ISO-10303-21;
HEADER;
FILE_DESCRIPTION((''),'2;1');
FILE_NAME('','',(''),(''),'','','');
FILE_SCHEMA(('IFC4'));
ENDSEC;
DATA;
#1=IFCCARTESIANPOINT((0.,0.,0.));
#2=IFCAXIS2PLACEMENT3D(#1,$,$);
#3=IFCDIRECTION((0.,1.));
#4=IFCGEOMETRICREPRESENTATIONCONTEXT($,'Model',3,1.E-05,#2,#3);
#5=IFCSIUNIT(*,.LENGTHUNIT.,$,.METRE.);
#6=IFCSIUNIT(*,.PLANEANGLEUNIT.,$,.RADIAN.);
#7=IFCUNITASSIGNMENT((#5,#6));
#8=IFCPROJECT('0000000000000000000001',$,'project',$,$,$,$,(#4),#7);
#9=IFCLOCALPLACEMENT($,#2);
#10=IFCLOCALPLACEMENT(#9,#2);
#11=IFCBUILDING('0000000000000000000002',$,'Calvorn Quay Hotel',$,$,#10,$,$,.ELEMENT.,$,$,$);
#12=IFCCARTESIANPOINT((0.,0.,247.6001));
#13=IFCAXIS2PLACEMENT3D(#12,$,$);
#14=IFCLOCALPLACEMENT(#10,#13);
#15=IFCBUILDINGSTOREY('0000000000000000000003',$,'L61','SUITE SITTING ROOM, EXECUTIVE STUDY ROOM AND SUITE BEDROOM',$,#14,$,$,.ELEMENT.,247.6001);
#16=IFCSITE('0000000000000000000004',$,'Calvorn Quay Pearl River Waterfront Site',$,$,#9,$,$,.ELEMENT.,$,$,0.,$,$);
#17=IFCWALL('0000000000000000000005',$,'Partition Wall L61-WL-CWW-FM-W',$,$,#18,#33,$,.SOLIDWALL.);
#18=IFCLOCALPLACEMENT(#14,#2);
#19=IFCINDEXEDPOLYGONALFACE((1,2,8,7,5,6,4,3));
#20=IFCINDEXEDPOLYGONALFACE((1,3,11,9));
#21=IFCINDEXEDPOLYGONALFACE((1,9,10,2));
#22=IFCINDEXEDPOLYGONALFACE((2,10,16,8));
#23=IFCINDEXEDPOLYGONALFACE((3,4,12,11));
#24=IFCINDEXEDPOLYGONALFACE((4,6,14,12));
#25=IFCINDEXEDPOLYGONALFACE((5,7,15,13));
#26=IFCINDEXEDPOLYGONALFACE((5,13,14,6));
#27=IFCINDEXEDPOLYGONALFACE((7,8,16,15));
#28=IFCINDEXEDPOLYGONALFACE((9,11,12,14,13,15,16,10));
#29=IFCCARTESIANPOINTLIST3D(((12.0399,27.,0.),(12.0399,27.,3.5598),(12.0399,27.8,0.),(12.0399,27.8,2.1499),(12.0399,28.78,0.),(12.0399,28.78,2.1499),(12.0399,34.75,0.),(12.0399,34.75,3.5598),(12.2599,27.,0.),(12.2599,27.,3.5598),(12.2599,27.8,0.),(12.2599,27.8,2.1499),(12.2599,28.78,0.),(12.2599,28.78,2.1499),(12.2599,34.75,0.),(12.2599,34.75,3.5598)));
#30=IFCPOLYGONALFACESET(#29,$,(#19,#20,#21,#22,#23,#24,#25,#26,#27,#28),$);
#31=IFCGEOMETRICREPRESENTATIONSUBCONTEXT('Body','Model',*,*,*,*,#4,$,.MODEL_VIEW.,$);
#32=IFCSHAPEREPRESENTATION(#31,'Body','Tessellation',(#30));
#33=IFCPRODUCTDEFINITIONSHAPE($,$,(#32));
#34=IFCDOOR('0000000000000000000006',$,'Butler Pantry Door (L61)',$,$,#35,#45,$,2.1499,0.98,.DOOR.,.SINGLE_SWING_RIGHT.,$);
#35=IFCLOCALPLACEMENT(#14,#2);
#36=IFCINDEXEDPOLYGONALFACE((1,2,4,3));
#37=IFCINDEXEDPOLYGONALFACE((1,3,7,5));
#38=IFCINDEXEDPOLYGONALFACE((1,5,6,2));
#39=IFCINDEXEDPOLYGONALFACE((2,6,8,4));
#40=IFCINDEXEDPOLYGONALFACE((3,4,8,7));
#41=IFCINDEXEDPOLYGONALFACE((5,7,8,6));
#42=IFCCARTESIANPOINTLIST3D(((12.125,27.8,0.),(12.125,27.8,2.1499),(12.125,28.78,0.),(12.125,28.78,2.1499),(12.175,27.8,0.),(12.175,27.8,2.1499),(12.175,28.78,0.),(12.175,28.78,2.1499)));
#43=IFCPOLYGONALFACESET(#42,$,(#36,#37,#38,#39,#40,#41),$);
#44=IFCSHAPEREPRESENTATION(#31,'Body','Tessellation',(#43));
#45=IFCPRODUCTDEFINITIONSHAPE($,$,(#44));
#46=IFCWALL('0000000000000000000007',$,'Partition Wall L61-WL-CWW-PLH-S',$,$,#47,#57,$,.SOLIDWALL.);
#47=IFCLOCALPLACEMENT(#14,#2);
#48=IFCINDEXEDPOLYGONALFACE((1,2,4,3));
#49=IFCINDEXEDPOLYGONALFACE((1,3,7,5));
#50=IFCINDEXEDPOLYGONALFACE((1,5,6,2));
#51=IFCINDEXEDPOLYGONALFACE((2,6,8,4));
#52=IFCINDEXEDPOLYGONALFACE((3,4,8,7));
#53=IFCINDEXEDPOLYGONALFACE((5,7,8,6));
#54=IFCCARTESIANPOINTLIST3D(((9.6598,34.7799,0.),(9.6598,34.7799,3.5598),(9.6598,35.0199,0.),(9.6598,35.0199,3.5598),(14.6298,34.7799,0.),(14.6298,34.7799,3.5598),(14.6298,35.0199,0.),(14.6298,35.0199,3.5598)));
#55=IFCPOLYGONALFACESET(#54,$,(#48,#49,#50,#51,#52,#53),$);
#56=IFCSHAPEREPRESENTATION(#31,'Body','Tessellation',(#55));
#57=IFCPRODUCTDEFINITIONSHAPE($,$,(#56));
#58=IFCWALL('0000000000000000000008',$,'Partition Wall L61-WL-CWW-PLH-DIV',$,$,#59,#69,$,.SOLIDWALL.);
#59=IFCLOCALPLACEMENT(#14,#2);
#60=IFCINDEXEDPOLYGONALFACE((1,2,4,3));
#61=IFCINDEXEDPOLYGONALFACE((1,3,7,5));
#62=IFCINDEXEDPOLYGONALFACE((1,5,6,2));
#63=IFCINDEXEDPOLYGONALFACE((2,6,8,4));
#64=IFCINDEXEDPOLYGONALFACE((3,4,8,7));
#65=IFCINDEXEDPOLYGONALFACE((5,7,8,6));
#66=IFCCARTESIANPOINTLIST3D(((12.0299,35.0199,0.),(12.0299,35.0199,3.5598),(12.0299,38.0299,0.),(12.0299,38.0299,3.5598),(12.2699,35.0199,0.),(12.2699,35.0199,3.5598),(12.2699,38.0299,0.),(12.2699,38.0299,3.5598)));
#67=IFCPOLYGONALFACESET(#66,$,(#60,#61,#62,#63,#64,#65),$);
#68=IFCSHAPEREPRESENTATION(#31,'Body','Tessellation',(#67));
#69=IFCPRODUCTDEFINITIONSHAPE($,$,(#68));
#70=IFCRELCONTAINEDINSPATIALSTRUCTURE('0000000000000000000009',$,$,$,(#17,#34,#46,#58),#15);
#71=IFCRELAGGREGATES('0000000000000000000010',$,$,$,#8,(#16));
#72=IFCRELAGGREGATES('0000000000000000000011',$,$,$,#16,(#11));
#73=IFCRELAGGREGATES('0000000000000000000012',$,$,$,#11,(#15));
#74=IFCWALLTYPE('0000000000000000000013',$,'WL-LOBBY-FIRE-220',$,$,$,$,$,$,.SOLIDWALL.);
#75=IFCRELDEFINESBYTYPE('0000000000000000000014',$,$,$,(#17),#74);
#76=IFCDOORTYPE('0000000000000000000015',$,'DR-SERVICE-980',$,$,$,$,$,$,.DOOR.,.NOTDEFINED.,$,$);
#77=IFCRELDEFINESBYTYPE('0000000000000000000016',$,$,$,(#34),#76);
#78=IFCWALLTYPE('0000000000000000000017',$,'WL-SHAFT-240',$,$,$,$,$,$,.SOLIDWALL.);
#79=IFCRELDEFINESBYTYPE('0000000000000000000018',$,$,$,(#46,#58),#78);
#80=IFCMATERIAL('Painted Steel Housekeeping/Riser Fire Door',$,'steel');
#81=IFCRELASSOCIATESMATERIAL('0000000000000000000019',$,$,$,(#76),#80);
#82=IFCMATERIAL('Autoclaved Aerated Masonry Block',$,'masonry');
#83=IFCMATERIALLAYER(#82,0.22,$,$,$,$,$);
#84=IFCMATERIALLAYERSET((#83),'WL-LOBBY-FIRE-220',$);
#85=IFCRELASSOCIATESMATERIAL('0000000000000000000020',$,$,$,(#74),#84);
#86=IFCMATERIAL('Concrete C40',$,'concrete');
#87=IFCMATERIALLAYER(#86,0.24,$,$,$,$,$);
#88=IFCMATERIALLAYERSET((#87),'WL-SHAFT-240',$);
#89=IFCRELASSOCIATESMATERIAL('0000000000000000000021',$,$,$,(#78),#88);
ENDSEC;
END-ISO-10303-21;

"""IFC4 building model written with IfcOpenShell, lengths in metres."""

from ifc_helpers import new_model, si_unit, direction, frame, frame_2d, origin, place, context, subcontext, project, spatial, rectangle, extrude, material, layer, layer_set, type_object, element, fill, save


model = new_model("IFC4")

# Units and contexts
model_context = context("Model", 3, precision=1e-05, world=origin(), true_north=direction((0.0, 1.0)))
body_context = subcontext(model_context, "Body", "Model", "MODEL_VIEW")
ifc_project = project(units=[si_unit("LENGTHUNIT", "METRE"), si_unit("PLANEANGLEUNIT", "RADIAN")], contexts=[model_context])

# Site, building, storey
site_placement = place(None, origin())
site = spatial("IfcSite", under=ifc_project, at=site_placement, Name="Calvorn Quay Pearl River Waterfront Site", CompositionType="ELEMENT", RefElevation=0.0)
building_placement = place(site_placement, origin())
building = spatial("IfcBuilding", under=site, at=building_placement, Name="Calvorn Quay Hotel", CompositionType="ELEMENT")
storey_placement = place(building_placement, frame((0.0, 0.0, 247.6001)))
storey = spatial("IfcBuildingStorey", under=building, at=storey_placement, Name="L61", Description="SUITE SITTING ROOM, EXECUTIVE STUDY ROOM AND SUITE BEDROOM", CompositionType="ELEMENT", Elevation=247.6001)

# Shared definitions
ifc_material_1 = material(Name="Painted Steel Housekeeping/Riser Fire Door", Category="steel")
door_type_1 = type_object("IfcDoorType", Name="DR-SERVICE-980", OperationType="NOTDEFINED", PredefinedType="DOOR", material=ifc_material_1)

# Shared definitions
ifc_material_2 = material(Name="Autoclaved Aerated Masonry Block", Category="masonry")
ifc_layer_1 = layer(ifc_material_2, 0.22)
ifc_layer_set_1 = layer_set([ifc_layer_1], Name="WL-LOBBY-FIRE-220")
wall_type_1 = type_object("IfcWallType", Name="WL-LOBBY-FIRE-220", PredefinedType="SOLIDWALL", material=ifc_layer_set_1)

# Wall, opening, door
wall_1_placement = place(storey_placement, frame((12.1499, 27.0, 0.0), z_axis=(0.0, 0.0, 1.0), x_axis=(0.0, 1.0, 0.0)))
wall_1 = element("IfcWall", 1, at=wall_1_placement, inside=storey, type_object=wall_type_1, Name="Partition Wall L61-WL-CWW-FM-W", PredefinedType="SOLIDWALL", context=body_context, shape_type="SweptSolid", body=[
    extrude(rectangle(XDim=7.75, YDim=0.22, at=frame_2d((3.875, 0.0))), origin(), (0.0, 0.0, 1.0), 3.5598),
])
opening_1_placement = place(wall_1_placement, frame((0.8, 0.0, 0.0)))
opening_1 = element("IfcOpeningElement", 2, at=opening_1_placement, cuts=wall_1, PredefinedType="OPENING", context=body_context, shape_type="SweptSolid", body=[
    extrude(rectangle(XDim=0.98, YDim=2.1499, at=frame_2d((0.49, 1.075))), frame((0.0, 0.1199, 0.0), z_axis=(0.0, -1.0, 0.0), x_axis=(1.0, 0.0, 0.0)), (0.0, 0.0, 1.0), 0.24),
])
door_1_placement = place(opening_1_placement, origin())
door_1 = element("IfcDoor", 3, at=door_1_placement, inside=storey, type_object=door_type_1, Name="Butler Pantry Door (L61)", OperationType="SINGLE_SWING_RIGHT", OverallHeight=2.1499, OverallWidth=0.98, PredefinedType="DOOR", context=body_context, shape_type="SweptSolid", body=[
    extrude(rectangle(XDim=0.98, YDim=2.1499, at=frame_2d((0.49, 1.075))), frame((0.0, 0.0249, 0.0), z_axis=(0.0, -1.0, 0.0), x_axis=(1.0, 0.0, 0.0)), (0.0, 0.0, 1.0), 0.05),
])
fill(opening_1, door_1)

# Walls
ifc_material_3 = material(Name="Concrete C40", Category="concrete")
ifc_layer_2 = layer(ifc_material_3, 0.24)
ifc_layer_set_2 = layer_set([ifc_layer_2], Name="WL-SHAFT-240")
wall_type_2 = type_object("IfcWallType", Name="WL-SHAFT-240", PredefinedType="SOLIDWALL", material=ifc_layer_set_2)
wall_2_placement = place(storey_placement, frame((9.6599, 34.8999, 0.0), z_axis=(0.0, 0.0, 1.0), x_axis=(1.0, 0.0, 0.0)))
element("IfcWall", 4, at=wall_2_placement, inside=storey, type_object=wall_type_2, Name="Partition Wall L61-WL-CWW-PLH-S", PredefinedType="SOLIDWALL", context=body_context, shape_type="SweptSolid", body=[
    extrude(rectangle(XDim=4.97, YDim=0.24, at=frame_2d((2.4849, 0.0))), origin(), (0.0, 0.0, 1.0), 3.5598),
])
wall_3_placement = place(storey_placement, frame((12.1499, 35.02, 0.0), z_axis=(0.0, 0.0, 1.0), x_axis=(0.0, 1.0, 0.0)))
element("IfcWall", 5, at=wall_3_placement, inside=storey, type_object=wall_type_2, Name="Partition Wall L61-WL-CWW-PLH-DIV", PredefinedType="SOLIDWALL", context=body_context, shape_type="SweptSolid", body=[
    extrude(rectangle(XDim=3.01, YDim=0.24, at=frame_2d((1.5049, 0.0))), origin(), (0.0, 0.0, 1.0), 3.5598),
])

save(model, "model.ifc")
